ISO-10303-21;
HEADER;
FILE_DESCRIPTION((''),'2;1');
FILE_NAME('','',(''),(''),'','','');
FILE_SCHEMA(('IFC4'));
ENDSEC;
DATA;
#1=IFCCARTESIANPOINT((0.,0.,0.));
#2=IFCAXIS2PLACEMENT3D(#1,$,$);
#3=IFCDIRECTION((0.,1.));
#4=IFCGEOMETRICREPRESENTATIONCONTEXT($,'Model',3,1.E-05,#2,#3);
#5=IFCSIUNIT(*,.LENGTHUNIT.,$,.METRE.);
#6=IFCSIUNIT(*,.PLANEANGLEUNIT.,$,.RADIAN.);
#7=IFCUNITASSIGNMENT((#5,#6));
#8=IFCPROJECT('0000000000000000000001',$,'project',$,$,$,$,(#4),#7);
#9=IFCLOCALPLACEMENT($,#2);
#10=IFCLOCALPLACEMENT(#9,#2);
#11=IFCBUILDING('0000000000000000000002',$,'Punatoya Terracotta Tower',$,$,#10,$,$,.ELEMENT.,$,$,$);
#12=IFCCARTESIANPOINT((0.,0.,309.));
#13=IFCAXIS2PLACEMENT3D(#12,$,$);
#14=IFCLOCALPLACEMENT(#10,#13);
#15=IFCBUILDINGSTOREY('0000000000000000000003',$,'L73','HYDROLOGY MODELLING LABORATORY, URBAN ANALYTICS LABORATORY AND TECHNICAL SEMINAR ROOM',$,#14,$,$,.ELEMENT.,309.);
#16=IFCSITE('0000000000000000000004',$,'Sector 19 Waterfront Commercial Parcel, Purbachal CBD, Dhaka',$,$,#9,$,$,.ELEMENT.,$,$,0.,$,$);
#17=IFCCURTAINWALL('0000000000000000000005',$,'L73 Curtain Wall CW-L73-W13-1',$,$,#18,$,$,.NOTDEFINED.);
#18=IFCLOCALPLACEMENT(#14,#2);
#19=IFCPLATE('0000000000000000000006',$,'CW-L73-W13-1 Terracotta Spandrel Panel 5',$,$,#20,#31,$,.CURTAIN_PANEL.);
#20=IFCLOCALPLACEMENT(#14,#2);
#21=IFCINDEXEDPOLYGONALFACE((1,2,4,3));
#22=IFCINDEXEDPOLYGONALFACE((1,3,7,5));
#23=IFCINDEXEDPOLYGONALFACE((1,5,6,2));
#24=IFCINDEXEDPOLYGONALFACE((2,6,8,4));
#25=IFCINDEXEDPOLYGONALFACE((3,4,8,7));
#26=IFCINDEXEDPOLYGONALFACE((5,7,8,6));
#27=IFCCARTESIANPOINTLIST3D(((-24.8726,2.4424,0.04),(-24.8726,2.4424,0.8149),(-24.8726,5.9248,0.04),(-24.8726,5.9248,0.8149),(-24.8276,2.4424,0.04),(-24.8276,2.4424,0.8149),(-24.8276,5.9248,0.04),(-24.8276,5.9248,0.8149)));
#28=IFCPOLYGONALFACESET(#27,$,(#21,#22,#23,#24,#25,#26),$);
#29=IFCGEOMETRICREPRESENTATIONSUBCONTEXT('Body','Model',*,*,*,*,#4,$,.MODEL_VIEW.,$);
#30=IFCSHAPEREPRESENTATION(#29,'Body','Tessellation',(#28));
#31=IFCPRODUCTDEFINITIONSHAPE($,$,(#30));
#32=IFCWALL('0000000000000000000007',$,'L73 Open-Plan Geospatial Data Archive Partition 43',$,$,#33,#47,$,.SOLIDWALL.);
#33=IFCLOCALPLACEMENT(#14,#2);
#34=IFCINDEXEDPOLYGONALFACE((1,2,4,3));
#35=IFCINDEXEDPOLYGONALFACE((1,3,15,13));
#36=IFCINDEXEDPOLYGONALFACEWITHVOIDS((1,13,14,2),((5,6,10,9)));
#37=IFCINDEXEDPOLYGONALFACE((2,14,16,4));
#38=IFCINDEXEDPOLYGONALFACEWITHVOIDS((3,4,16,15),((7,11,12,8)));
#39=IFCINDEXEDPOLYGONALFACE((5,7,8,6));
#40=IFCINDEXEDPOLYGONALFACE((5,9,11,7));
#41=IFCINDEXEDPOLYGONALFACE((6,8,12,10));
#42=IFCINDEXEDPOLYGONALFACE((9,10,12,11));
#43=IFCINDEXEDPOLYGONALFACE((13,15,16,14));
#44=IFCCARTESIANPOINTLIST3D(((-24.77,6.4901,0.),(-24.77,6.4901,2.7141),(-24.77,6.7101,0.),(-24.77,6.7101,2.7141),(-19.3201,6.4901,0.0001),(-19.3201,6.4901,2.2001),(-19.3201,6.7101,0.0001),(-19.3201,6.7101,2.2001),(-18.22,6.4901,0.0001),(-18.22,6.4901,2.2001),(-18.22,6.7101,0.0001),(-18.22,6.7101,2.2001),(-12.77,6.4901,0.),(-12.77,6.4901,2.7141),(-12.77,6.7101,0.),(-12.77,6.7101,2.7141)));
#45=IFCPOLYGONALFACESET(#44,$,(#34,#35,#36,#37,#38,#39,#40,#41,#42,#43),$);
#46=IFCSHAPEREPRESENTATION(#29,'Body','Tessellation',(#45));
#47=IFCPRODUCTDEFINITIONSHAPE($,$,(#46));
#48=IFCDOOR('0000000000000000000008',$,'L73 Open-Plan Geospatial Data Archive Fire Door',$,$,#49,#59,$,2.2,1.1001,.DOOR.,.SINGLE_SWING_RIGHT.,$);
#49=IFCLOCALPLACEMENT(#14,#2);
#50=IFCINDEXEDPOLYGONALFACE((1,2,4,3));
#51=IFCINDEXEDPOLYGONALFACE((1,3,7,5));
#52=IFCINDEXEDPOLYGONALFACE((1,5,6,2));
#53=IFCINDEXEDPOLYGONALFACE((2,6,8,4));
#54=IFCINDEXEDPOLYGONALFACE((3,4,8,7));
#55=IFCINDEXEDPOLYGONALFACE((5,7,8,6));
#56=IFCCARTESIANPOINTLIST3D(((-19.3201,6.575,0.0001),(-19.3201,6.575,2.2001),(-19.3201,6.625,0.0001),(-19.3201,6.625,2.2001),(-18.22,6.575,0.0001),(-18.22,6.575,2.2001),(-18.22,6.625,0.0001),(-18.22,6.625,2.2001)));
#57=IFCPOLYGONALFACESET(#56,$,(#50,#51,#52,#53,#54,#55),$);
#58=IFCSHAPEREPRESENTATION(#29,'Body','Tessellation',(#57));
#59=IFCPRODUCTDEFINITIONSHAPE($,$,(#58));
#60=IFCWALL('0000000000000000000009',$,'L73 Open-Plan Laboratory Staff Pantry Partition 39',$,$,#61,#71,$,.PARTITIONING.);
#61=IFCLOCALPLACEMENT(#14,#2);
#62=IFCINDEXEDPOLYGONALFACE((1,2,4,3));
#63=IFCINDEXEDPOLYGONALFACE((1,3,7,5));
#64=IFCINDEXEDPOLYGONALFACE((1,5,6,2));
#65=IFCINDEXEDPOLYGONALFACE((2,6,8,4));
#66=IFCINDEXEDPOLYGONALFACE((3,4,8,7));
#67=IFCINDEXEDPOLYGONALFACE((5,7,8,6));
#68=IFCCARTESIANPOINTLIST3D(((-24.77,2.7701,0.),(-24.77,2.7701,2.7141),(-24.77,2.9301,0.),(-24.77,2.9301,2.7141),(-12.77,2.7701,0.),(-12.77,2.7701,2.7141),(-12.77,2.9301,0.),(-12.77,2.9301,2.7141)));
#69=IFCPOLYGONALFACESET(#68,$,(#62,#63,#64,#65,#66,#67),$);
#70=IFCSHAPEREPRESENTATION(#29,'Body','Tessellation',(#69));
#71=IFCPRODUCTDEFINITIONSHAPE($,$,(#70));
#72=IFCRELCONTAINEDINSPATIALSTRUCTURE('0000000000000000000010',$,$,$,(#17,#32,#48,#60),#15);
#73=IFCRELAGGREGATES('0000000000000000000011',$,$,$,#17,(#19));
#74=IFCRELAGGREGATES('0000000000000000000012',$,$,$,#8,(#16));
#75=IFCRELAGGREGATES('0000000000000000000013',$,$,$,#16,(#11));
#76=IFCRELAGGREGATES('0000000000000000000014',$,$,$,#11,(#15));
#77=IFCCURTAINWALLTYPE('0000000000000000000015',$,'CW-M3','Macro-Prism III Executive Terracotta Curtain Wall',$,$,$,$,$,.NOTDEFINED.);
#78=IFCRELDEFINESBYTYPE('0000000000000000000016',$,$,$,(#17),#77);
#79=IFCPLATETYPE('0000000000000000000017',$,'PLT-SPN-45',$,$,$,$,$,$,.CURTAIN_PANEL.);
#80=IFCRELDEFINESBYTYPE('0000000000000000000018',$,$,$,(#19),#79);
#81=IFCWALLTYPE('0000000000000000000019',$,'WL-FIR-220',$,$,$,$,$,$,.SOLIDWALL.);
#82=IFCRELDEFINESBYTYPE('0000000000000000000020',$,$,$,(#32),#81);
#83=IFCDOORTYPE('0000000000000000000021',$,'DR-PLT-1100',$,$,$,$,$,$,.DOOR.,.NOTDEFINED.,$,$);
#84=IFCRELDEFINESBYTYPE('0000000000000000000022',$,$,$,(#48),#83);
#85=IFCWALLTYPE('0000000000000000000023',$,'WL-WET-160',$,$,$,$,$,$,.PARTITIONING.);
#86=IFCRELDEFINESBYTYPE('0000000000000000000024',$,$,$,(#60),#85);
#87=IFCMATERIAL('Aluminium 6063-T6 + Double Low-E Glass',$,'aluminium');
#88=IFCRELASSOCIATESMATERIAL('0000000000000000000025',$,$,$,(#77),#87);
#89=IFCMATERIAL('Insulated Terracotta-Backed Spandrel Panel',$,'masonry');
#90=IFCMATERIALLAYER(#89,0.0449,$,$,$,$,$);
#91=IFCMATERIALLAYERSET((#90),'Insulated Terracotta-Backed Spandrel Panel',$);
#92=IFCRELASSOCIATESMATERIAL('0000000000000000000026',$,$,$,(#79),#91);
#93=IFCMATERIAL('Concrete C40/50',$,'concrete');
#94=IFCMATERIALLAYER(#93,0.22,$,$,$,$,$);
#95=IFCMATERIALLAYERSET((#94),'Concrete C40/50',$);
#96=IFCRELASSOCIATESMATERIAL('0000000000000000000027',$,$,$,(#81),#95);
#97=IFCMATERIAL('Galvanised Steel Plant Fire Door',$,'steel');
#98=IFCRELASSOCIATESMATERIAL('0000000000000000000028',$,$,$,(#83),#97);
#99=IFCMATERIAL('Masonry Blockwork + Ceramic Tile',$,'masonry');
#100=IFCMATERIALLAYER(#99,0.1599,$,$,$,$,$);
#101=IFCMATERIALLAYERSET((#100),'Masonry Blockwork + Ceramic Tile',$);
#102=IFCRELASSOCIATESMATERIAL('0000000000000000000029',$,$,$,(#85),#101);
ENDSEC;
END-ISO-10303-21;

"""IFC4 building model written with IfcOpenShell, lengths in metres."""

from ifc_helpers import new_model, si_unit, direction, frame, frame_2d, origin, origin_2d, place, context, subcontext, project, spatial, rectangle, extrude, material, layer, layer_set, type_object, element, fill, aggregate, save


model = new_model("IFC4")

# Units and contexts
model_context = context("Model", 3, precision=1e-05, world=origin(), true_north=direction((0.0, 1.0)))
body_context = subcontext(model_context, "Body", "Model", "MODEL_VIEW")
ifc_project = project(units=[si_unit("LENGTHUNIT", "METRE"), si_unit("PLANEANGLEUNIT", "RADIAN")], contexts=[model_context])

# Site, building, storey
site_placement = place(None, origin())
site = spatial("IfcSite", under=ifc_project, at=site_placement, Name="Sector 19 Waterfront Commercial Parcel, Purbachal CBD, Dhaka", CompositionType="ELEMENT", RefElevation=0.0)
building_placement = place(site_placement, origin())
building = spatial("IfcBuilding", under=site, at=building_placement, Name="Punatoya Terracotta Tower", CompositionType="ELEMENT")
storey_placement = place(building_placement, frame((0.0, 0.0, 309.0)))
storey = spatial("IfcBuildingStorey", under=building, at=storey_placement, Name="L73", Description="HYDROLOGY MODELLING LABORATORY, URBAN ANALYTICS LABORATORY AND TECHNICAL SEMINAR ROOM", CompositionType="ELEMENT", Elevation=309.0)

# Curtain wall, plate
ifc_material_1 = material(Name="Aluminium 6063-T6 + Double Low-E Glass", Category="aluminium")
curtain_wall_type = type_object("IfcCurtainWallType", Name="CW-M3", Description="Macro-Prism III Executive Terracotta Curtain Wall", PredefinedType="NOTDEFINED", material=ifc_material_1)
curtain_wall_placement = place(storey_placement, origin())
curtain_wall = element("IfcCurtainWall", 1, at=curtain_wall_placement, inside=storey, type_object=curtain_wall_type, Name="L73 Curtain Wall CW-L73-W13-1", PredefinedType="NOTDEFINED")
ifc_material_2 = material(Name="Insulated Terracotta-Backed Spandrel Panel", Category="masonry")
ifc_layer_1 = layer(ifc_material_2, 0.0449)
ifc_layer_set_1 = layer_set([ifc_layer_1], Name="Insulated Terracotta-Backed Spandrel Panel")
plate_type_1 = type_object("IfcPlateType", Name="PLT-SPN-45", PredefinedType="CURTAIN_PANEL", material=ifc_layer_set_1)
plate_1_placement = place(storey_placement, frame((-24.8501, 4.1836, 0.04), z_axis=(0.0, 0.0, 1.0), x_axis=(0.0, -1.0, 0.0)))
plate_1 = element("IfcPlate", 2, at=plate_1_placement, type_object=plate_type_1, Name="CW-L73-W13-1 Terracotta Spandrel Panel 5", PredefinedType="CURTAIN_PANEL", context=body_context, shape_type="SweptSolid", body=[
    extrude(rectangle(XDim=3.4824, YDim=0.0449, at=origin_2d()), origin(), (0.0, 0.0, 1.0), 0.7749),
])
aggregate(curtain_wall, [plate_1])

# Wall, opening, door
ifc_material_3 = material(Name="Concrete C40/50", Category="concrete")
ifc_layer_2 = layer(ifc_material_3, 0.22)
ifc_layer_set_2 = layer_set([ifc_layer_2], Name="Concrete C40/50")
wall_type_1 = type_object("IfcWallType", Name="WL-FIR-220", PredefinedType="SOLIDWALL", material=ifc_layer_set_2)
wall_1_placement = place(storey_placement, frame((-24.77, 6.6001, 0.0), z_axis=(0.0, 0.0, 1.0), x_axis=(1.0, 0.0, 0.0)))
wall_1 = element("IfcWall", 3, at=wall_1_placement, inside=storey, type_object=wall_type_1, Name="L73 Open-Plan Geospatial Data Archive Partition 43", PredefinedType="SOLIDWALL", context=body_context, shape_type="SweptSolid", body=[
    extrude(rectangle(XDim=12.0, YDim=0.22, at=frame_2d((6.0, 0.0))), origin(), (0.0, 0.0, 1.0), 2.7141),
])
opening_placement = place(wall_1_placement, frame((5.45, 0.0, 0.0)))
opening = element("IfcOpeningElement", 4, at=opening_placement, cuts=wall_1, PredefinedType="OPENING", context=body_context, shape_type="SweptSolid", body=[
    extrude(rectangle(XDim=1.1001, YDim=2.2, at=frame_2d((0.55, 1.1001))), frame((0.0, 0.1199, 0.0), z_axis=(0.0, -1.0, 0.0), x_axis=(1.0, 0.0, 0.0)), (0.0, 0.0, 1.0), 0.24),
])
ifc_material_4 = material(Name="Galvanised Steel Plant Fire Door", Category="steel")
door_type = type_object("IfcDoorType", Name="DR-PLT-1100", OperationType="NOTDEFINED", PredefinedType="DOOR", material=ifc_material_4)
door_placement = place(opening_placement, origin())
door = element("IfcDoor", 5, at=door_placement, inside=storey, type_object=door_type, Name="L73 Open-Plan Geospatial Data Archive Fire Door", OperationType="SINGLE_SWING_RIGHT", OverallHeight=2.2, OverallWidth=1.1001, PredefinedType="DOOR", context=body_context, shape_type="SweptSolid", body=[
    extrude(rectangle(XDim=1.1001, YDim=2.2, at=frame_2d((0.55, 1.1001))), frame((0.0, 0.0249, 0.0), z_axis=(0.0, -1.0, 0.0), x_axis=(1.0, 0.0, 0.0)), (0.0, 0.0, 1.0), 0.05),
])
fill(opening, door)

# Wall
ifc_material_5 = material(Name="Masonry Blockwork + Ceramic Tile", Category="masonry")
ifc_layer_3 = layer(ifc_material_5, 0.1599)
ifc_layer_set_3 = layer_set([ifc_layer_3], Name="Masonry Blockwork + Ceramic Tile")
wall_type_2 = type_object("IfcWallType", Name="WL-WET-160", PredefinedType="PARTITIONING", material=ifc_layer_set_3)
wall_2_placement = place(storey_placement, frame((-24.77, 2.8501, 0.0), z_axis=(0.0, 0.0, 1.0), x_axis=(1.0, 0.0, 0.0)))
element("IfcWall", 6, at=wall_2_placement, inside=storey, type_object=wall_type_2, Name="L73 Open-Plan Laboratory Staff Pantry Partition 39", PredefinedType="PARTITIONING", context=body_context, shape_type="SweptSolid", body=[
    extrude(rectangle(XDim=12.0, YDim=0.1599, at=frame_2d((6.0, 0.0))), origin(), (0.0, 0.0, 1.0), 2.7141),
])

save(model, "model.ifc")
